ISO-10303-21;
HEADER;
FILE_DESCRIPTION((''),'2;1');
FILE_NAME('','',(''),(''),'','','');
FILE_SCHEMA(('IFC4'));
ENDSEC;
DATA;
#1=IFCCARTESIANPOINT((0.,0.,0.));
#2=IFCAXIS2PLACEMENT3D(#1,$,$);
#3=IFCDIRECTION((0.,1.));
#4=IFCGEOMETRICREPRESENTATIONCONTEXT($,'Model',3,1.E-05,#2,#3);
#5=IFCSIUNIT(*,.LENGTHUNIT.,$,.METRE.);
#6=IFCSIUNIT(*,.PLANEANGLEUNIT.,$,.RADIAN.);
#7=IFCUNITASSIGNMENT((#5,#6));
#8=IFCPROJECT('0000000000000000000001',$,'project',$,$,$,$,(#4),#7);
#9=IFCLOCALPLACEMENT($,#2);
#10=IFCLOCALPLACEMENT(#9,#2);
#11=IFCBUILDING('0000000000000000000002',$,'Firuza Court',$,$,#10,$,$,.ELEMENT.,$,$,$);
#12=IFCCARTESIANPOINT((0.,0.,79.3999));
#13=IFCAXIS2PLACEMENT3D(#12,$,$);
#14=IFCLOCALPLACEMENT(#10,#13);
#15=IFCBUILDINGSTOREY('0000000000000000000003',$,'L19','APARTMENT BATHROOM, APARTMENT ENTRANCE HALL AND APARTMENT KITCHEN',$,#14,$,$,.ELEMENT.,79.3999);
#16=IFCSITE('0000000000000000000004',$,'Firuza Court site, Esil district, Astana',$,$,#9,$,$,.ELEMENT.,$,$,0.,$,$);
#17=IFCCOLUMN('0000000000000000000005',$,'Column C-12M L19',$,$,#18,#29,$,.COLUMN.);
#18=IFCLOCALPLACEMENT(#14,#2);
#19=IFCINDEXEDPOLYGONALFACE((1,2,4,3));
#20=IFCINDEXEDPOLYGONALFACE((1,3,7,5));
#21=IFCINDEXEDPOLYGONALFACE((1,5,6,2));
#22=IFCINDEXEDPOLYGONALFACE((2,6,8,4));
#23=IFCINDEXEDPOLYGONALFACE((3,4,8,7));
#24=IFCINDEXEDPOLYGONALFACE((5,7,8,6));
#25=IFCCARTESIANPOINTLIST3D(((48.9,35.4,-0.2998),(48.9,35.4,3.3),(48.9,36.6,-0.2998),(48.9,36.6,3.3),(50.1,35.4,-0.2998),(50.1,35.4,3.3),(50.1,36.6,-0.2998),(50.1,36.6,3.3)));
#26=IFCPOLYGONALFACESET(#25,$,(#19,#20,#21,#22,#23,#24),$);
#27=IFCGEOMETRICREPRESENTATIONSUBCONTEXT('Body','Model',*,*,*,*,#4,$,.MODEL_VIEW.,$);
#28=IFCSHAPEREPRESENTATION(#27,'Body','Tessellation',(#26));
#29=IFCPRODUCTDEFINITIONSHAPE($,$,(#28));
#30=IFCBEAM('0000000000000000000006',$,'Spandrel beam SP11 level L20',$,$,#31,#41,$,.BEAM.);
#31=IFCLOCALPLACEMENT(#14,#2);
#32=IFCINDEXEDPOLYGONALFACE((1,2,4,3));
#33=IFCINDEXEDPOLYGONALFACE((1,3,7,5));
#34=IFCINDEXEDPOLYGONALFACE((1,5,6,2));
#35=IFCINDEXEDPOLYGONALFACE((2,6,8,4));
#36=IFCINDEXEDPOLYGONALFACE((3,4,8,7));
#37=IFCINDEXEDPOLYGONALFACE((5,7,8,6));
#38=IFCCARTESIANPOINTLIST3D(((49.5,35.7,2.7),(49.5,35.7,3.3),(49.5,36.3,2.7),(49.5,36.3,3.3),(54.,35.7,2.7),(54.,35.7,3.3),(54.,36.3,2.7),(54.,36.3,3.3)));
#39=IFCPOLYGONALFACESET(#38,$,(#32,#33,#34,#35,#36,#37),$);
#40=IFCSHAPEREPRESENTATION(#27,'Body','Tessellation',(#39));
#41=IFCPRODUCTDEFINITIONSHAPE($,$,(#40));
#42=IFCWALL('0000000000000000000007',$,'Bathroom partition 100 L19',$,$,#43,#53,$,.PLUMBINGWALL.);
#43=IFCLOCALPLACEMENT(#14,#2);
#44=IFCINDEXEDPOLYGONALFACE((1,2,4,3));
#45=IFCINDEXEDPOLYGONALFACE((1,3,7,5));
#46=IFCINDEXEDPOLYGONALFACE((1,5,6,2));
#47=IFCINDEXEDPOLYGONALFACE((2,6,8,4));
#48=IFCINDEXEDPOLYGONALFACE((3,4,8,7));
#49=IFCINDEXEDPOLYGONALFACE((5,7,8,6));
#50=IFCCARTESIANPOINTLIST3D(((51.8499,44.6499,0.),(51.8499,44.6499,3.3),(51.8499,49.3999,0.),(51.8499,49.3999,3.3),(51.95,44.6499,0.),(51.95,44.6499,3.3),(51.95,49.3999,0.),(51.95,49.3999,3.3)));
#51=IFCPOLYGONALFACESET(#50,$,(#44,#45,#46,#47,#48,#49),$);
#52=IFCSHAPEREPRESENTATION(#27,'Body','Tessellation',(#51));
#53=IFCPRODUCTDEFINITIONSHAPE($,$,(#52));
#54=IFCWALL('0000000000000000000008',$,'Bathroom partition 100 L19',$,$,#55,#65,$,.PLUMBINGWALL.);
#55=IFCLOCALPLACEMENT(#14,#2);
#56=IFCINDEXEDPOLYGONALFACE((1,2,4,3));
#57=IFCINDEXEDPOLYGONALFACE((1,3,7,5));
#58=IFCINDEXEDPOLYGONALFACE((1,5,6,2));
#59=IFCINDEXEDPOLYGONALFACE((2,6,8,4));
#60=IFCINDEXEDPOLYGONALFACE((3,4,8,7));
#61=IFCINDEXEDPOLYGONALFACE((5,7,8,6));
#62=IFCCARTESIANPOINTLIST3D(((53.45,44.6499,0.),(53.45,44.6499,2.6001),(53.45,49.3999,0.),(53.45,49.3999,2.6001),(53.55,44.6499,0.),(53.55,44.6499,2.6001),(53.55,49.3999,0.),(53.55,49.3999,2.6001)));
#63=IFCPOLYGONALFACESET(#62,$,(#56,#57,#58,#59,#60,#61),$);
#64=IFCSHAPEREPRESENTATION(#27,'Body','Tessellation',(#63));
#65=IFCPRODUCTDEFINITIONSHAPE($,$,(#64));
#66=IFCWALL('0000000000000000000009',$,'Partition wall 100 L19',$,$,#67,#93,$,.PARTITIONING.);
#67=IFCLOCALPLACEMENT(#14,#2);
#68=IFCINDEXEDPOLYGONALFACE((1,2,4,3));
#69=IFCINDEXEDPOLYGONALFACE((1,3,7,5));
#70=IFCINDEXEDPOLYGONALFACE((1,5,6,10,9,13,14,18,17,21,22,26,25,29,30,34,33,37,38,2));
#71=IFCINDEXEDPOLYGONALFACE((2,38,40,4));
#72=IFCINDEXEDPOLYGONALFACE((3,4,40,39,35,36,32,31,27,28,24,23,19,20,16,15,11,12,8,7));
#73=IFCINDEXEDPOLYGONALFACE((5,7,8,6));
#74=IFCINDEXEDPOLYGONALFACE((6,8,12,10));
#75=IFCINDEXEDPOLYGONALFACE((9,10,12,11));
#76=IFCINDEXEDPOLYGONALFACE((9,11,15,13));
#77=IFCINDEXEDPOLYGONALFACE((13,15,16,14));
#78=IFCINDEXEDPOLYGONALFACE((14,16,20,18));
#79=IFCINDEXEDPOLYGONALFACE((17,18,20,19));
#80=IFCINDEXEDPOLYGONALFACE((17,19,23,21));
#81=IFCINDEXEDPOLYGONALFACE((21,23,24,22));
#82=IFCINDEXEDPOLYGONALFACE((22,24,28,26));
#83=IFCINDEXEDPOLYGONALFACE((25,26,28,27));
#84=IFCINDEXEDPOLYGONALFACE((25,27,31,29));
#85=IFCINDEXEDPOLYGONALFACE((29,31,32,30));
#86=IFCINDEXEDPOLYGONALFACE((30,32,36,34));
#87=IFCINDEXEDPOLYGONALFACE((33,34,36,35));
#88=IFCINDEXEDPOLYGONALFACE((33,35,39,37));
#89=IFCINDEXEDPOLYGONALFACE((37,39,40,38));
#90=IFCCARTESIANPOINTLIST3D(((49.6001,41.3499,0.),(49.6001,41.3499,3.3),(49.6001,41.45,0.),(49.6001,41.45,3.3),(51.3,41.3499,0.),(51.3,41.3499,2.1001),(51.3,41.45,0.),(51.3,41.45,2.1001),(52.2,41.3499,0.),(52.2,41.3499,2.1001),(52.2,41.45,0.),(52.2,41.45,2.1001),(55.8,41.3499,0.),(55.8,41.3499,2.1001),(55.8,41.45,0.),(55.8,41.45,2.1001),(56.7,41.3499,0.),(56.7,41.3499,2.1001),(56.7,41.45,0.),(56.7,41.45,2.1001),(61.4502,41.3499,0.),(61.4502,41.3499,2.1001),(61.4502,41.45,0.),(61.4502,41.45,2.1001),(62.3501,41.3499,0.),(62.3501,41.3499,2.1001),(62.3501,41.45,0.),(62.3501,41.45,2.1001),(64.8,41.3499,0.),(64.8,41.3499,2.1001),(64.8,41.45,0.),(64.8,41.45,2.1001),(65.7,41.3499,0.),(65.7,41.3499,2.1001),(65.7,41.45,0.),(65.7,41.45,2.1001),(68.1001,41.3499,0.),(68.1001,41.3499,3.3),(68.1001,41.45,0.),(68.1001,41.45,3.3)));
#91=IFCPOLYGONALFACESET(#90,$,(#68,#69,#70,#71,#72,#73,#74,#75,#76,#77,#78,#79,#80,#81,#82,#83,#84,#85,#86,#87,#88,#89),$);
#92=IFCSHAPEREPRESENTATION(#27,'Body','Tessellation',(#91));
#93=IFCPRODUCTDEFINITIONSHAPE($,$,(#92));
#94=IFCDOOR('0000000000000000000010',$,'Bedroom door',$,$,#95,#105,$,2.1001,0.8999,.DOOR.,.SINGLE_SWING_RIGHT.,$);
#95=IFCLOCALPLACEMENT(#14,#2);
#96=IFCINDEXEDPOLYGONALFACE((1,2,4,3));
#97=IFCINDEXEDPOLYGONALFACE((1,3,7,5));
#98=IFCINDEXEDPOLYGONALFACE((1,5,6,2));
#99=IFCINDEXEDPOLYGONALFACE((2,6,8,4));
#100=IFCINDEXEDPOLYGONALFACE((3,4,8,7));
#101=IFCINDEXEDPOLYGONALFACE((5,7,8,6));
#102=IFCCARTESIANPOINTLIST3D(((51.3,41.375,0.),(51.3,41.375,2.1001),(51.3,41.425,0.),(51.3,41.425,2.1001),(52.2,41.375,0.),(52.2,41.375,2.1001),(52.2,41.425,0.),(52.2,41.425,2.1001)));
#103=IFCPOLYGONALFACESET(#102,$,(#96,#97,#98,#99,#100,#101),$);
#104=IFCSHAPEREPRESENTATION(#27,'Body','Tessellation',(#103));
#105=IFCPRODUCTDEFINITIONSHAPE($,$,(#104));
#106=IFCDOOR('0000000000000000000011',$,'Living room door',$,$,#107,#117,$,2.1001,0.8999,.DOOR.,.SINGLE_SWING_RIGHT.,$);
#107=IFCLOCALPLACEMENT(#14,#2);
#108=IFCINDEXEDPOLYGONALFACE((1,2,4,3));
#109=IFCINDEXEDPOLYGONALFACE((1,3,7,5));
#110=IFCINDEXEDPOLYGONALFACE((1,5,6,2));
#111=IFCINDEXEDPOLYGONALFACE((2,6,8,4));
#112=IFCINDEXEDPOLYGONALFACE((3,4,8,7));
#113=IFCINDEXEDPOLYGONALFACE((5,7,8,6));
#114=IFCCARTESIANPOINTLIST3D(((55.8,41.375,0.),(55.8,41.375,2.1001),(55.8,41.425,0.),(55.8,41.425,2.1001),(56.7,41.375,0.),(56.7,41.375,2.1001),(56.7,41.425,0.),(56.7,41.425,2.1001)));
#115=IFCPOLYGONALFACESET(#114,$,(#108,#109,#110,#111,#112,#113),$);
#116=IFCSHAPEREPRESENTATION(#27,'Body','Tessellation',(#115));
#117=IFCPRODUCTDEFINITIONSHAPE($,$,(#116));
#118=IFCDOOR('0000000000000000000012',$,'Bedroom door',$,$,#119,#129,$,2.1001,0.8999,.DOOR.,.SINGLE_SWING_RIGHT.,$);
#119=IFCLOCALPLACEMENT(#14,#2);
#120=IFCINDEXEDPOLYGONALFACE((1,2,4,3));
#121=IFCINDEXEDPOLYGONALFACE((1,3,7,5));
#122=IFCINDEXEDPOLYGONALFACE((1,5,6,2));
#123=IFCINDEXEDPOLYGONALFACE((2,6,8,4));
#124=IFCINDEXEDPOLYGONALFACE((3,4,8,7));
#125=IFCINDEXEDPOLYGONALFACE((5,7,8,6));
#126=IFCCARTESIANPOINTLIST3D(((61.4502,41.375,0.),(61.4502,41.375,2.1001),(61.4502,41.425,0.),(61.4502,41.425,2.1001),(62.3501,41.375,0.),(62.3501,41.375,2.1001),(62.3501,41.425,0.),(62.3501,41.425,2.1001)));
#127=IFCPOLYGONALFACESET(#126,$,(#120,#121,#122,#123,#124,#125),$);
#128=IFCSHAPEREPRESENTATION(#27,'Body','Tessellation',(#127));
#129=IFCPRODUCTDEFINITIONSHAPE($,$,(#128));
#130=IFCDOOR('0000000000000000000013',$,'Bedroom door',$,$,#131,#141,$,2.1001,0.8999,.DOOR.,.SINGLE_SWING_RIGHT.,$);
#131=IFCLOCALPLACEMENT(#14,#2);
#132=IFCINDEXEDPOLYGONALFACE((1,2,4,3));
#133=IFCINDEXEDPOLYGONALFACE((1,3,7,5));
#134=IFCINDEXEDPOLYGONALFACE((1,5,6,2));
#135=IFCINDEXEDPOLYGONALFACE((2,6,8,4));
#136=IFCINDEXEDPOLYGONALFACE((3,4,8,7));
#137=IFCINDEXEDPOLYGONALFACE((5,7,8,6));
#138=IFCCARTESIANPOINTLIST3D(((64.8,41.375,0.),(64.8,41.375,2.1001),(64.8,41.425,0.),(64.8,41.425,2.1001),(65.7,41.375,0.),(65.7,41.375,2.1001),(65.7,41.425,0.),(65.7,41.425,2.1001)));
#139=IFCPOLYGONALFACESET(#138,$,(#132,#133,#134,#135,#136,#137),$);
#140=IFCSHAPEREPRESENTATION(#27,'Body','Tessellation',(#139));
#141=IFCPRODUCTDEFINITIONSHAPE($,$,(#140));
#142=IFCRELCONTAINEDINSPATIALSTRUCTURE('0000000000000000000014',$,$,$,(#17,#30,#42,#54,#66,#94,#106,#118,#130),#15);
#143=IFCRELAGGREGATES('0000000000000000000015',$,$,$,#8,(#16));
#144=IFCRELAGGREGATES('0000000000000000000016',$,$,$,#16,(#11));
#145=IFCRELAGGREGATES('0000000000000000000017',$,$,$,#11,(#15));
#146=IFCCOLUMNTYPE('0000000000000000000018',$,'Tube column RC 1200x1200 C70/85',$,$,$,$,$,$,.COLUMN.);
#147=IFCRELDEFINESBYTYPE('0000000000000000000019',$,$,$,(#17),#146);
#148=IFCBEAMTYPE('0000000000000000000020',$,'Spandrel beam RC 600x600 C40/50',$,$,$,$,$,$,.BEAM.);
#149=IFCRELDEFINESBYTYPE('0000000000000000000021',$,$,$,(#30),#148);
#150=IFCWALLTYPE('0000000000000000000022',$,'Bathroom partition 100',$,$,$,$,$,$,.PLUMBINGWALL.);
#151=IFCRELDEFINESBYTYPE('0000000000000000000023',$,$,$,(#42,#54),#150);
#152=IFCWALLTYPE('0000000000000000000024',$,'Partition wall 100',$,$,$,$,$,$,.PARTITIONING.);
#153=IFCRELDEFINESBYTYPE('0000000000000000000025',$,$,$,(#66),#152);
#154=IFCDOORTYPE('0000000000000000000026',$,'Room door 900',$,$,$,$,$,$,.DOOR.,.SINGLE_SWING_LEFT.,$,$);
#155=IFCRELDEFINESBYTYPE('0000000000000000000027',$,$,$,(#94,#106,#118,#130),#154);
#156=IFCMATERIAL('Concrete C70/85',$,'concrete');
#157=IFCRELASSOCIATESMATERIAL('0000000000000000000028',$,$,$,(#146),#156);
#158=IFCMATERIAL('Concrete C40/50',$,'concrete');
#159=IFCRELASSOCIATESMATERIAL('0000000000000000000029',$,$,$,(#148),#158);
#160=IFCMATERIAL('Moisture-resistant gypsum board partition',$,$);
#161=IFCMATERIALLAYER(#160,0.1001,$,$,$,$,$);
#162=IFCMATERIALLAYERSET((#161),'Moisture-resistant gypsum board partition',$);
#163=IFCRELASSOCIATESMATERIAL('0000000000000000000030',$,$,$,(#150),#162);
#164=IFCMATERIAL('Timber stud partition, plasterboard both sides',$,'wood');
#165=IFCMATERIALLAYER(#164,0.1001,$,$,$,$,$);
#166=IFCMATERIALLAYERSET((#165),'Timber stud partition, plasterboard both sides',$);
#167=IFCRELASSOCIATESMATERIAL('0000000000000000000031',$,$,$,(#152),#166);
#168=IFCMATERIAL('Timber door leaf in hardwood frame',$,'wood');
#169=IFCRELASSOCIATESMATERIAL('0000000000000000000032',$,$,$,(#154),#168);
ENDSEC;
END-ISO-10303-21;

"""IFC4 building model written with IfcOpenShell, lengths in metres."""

from ifc_helpers import new_model, si_unit, direction, frame, frame_2d, origin, origin_2d, place, context, subcontext, project, spatial, rectangle, extrude, material, layer, layer_set, material_profile, profile_set, type_object, element, fill, save


model = new_model("IFC4")

# Units and contexts
model_context = context("Model", 3, precision=1e-05, world=origin(), true_north=direction((0.0, 1.0)))
body_context = subcontext(model_context, "Body", "Model", "MODEL_VIEW")
ifc_project = project(units=[si_unit("LENGTHUNIT", "METRE"), si_unit("PLANEANGLEUNIT", "RADIAN")], contexts=[model_context])

# Site, building, storey
site_placement = place(None, origin())
site = spatial("IfcSite", under=ifc_project, at=site_placement, Name="Firuza Court site, Esil district, Astana", CompositionType="ELEMENT", RefElevation=0.0)
building_placement = place(site_placement, origin())
building = spatial("IfcBuilding", under=site, at=building_placement, Name="Firuza Court", CompositionType="ELEMENT")
storey_placement = place(building_placement, frame((0.0, 0.0, 79.3999)))
storey = spatial("IfcBuildingStorey", under=building, at=storey_placement, Name="L19", Description="APARTMENT BATHROOM, APARTMENT ENTRANCE HALL AND APARTMENT KITCHEN", CompositionType="ELEMENT", Elevation=79.3999)

# Column
ifc_material_1 = material(Name="Concrete C70/85", Category="concrete")
ifc_material_profile_1 = material_profile(ifc_material_1, rectangle(XDim=1.2, YDim=1.2, at=origin_2d()), Name="RC 1200x1200")
ifc_profile_set_1 = profile_set([ifc_material_profile_1], Name="Concrete C70/85")
column_type = type_object("IfcColumnType", Name="Tube column RC 1200x1200 C70/85", PredefinedType="COLUMN", material=ifc_profile_set_1)
column_placement = place(storey_placement, frame((49.5, 36.0, -0.2998), z_axis=(0.0, 0.0, 1.0), x_axis=(1.0, 0.0, 0.0)))
element("IfcColumn", 1, at=column_placement, inside=storey, type_object=column_type, Name="Column C-12M L19", PredefinedType="COLUMN", context=body_context, shape_type="SweptSolid", body=[
    extrude(rectangle(XDim=1.2, YDim=1.2, at=origin_2d()), origin(), (0.0, 0.0, 1.0), 3.5999),
])

# Beam
ifc_material_2 = material(Name="Concrete C40/50", Category="concrete")
ifc_material_profile_2 = material_profile(ifc_material_2, rectangle(XDim=0.6001, YDim=0.6001, at=origin_2d()), Name="RC 600x600")
ifc_profile_set_2 = profile_set([ifc_material_profile_2], Name="Concrete C40/50")
beam_type = type_object("IfcBeamType", Name="Spandrel beam RC 600x600 C40/50", PredefinedType="BEAM", material=ifc_profile_set_2)
beam_placement = place(storey_placement, frame((49.5, 36.0, 3.0), z_axis=(1.0, 0.0, 0.0), x_axis=(0.0, 1.0, 0.0)))
element("IfcBeam", 2, at=beam_placement, inside=storey, type_object=beam_type, Name="Spandrel beam SP11 level L20", PredefinedType="BEAM", context=body_context, shape_type="SweptSolid", body=[
    extrude(rectangle(XDim=0.6001, YDim=0.6001, at=origin_2d()), origin(), (0.0, 0.0, 1.0), 4.5),
])

# Walls
ifc_material_3 = material(Name="Moisture-resistant gypsum board partition")
ifc_layer_1 = layer(ifc_material_3, 0.1001)
ifc_layer_set_1 = layer_set([ifc_layer_1], Name="Moisture-resistant gypsum board partition")
wall_type_1 = type_object("IfcWallType", Name="Bathroom partition 100", PredefinedType="PLUMBINGWALL", material=ifc_layer_set_1)
wall_1_placement = place(storey_placement, frame((51.8999, 44.6499, 0.0), z_axis=(0.0, 0.0, 1.0), x_axis=(0.0, 1.0, 0.0)))
element("IfcWall", 3, at=wall_1_placement, inside=storey, type_object=wall_type_1, Name="Bathroom partition 100 L19", PredefinedType="PLUMBINGWALL", context=body_context, shape_type="SweptSolid", body=[
    extrude(rectangle(XDim=4.75, YDim=0.1001, at=frame_2d((2.375, 0.0))), origin(), (0.0, 0.0, 1.0), 3.3),
])
wall_2_placement = place(storey_placement, frame((53.5, 44.6499, 0.0), z_axis=(0.0, 0.0, 1.0), x_axis=(0.0, 1.0, 0.0)))
element("IfcWall", 4, at=wall_2_placement, inside=storey, type_object=wall_type_1, Name="Bathroom partition 100 L19", PredefinedType="PLUMBINGWALL", context=body_context, shape_type="SweptSolid", body=[
    extrude(rectangle(XDim=4.75, YDim=0.1001, at=frame_2d((2.375, 0.0))), origin(), (0.0, 0.0, 1.0), 2.6001),
])

# Wall, openings, doors
ifc_material_4 = material(Name="Timber stud partition, plasterboard both sides", Category="wood")
ifc_layer_2 = layer(ifc_material_4, 0.1001)
ifc_layer_set_2 = layer_set([ifc_layer_2], Name="Timber stud partition, plasterboard both sides")
wall_type_2 = type_object("IfcWallType", Name="Partition wall 100", PredefinedType="PARTITIONING", material=ifc_layer_set_2)
wall_3_placement = place(storey_placement, frame((49.6001, 41.3999, 0.0), z_axis=(0.0, 0.0, 1.0), x_axis=(1.0, 0.0, 0.0)))
wall_3 = element("IfcWall", 5, at=wall_3_placement, inside=storey, type_object=wall_type_2, Name="Partition wall 100 L19", PredefinedType="PARTITIONING", context=body_context, shape_type="SweptSolid", body=[
    extrude(rectangle(XDim=18.5, YDim=0.1001, at=frame_2d((9.25, 0.0))), origin(), (0.0, 0.0, 1.0), 3.3),
])
opening_1_placement = place(wall_3_placement, frame((1.7, 0.0, 0.0)))
opening_1 = element("IfcOpeningElement", 6, at=opening_1_placement, cuts=wall_3, PredefinedType="OPENING", context=body_context, shape_type="SweptSolid", body=[
    extrude(rectangle(XDim=0.8999, YDim=2.1001, at=frame_2d((0.45, 1.05))), frame((0.0, 0.062, 0.0), z_axis=(0.0, -1.0, 0.0), x_axis=(1.0, 0.0, 0.0)), (0.0, 0.0, 1.0), 0.124),
])
opening_2_placement = place(wall_3_placement, frame((6.2, 0.0, 0.0)))
opening_2 = element("IfcOpeningElement", 7, at=opening_2_placement, cuts=wall_3, PredefinedType="OPENING", context=body_context, shape_type="SweptSolid", body=[
    extrude(rectangle(XDim=0.8999, YDim=2.1001, at=frame_2d((0.45, 1.05))), frame((0.0, 0.062, 0.0), z_axis=(0.0, -1.0, 0.0), x_axis=(1.0, 0.0, 0.0)), (0.0, 0.0, 1.0), 0.124),
])
opening_3_placement = place(wall_3_placement, frame((11.8501, 0.0, 0.0)))
opening_3 = element("IfcOpeningElement", 8, at=opening_3_placement, cuts=wall_3, PredefinedType="OPENING", context=body_context, shape_type="SweptSolid", body=[
    extrude(rectangle(XDim=0.8999, YDim=2.1001, at=frame_2d((0.45, 1.05))), frame((0.0, 0.062, 0.0), z_axis=(0.0, -1.0, 0.0), x_axis=(1.0, 0.0, 0.0)), (0.0, 0.0, 1.0), 0.124),
])
opening_4_placement = place(wall_3_placement, frame((15.2, 0.0, 0.0)))
opening_4 = element("IfcOpeningElement", 9, at=opening_4_placement, cuts=wall_3, PredefinedType="OPENING", context=body_context, shape_type="SweptSolid", body=[
    extrude(rectangle(XDim=0.8999, YDim=2.1001, at=frame_2d((0.45, 1.05))), frame((0.0, 0.062, 0.0), z_axis=(0.0, -1.0, 0.0), x_axis=(1.0, 0.0, 0.0)), (0.0, 0.0, 1.0), 0.124),
])
ifc_material_5 = material(Name="Timber door leaf in hardwood frame", Category="wood")
door_type_1 = type_object("IfcDoorType", Name="Room door 900", OperationType="SINGLE_SWING_LEFT", PredefinedType="DOOR", material=ifc_material_5)
door_1_placement = place(opening_1_placement, frame((0.8999, 0.0, 0.0), z_axis=(0.0, 0.0, 1.0), x_axis=(-1.0, 0.0, 0.0)))
door_1 = element("IfcDoor", 10, at=door_1_placement, inside=storey, type_object=door_type_1, Name="Bedroom door", OperationType="SINGLE_SWING_RIGHT", OverallHeight=2.1001, OverallWidth=0.8999, PredefinedType="DOOR", context=body_context, shape_type="SweptSolid", body=[
    extrude(rectangle(XDim=0.8999, YDim=2.1001, at=frame_2d((0.45, 1.05))), frame((0.0, 0.0249, 0.0), z_axis=(0.0, -1.0, 0.0), x_axis=(1.0, 0.0, 0.0)), (0.0, 0.0, 1.0), 0.05),
])
fill(opening_1, door_1)
door_2_placement = place(opening_2_placement, frame((0.8999, 0.0, 0.0), z_axis=(0.0, 0.0, 1.0), x_axis=(-1.0, 0.0, 0.0)))
door_2 = element("IfcDoor", 11, at=door_2_placement, inside=storey, type_object=door_type_1, Name="Living room door", OperationType="SINGLE_SWING_RIGHT", OverallHeight=2.1001, OverallWidth=0.8999, PredefinedType="DOOR", context=body_context, shape_type="SweptSolid", body=[
    extrude(rectangle(XDim=0.8999, YDim=2.1001, at=frame_2d((0.45, 1.05))), frame((0.0, 0.0249, 0.0), z_axis=(0.0, -1.0, 0.0), x_axis=(1.0, 0.0, 0.0)), (0.0, 0.0, 1.0), 0.05),
])
fill(opening_2, door_2)
door_3_placement = place(opening_3_placement, frame((0.8999, 0.0, 0.0), z_axis=(0.0, 0.0, 1.0), x_axis=(-1.0, 0.0, 0.0)))
door_3 = element("IfcDoor", 12, at=door_3_placement, inside=storey, type_object=door_type_1, Name="Bedroom door", OperationType="SINGLE_SWING_RIGHT", OverallHeight=2.1001, OverallWidth=0.8999, PredefinedType="DOOR", context=body_context, shape_type="SweptSolid", body=[
    extrude(rectangle(XDim=0.8999, YDim=2.1001, at=frame_2d((0.45, 1.05))), frame((0.0, 0.0249, 0.0), z_axis=(0.0, -1.0, 0.0), x_axis=(1.0, 0.0, 0.0)), (0.0, 0.0, 1.0), 0.05),
])
fill(opening_3, door_3)
door_4_placement = place(opening_4_placement, frame((0.8999, 0.0, 0.0), z_axis=(0.0, 0.0, 1.0), x_axis=(-1.0, 0.0, 0.0)))
door_4 = element("IfcDoor", 13, at=door_4_placement, inside=storey, type_object=door_type_1, Name="Bedroom door", OperationType="SINGLE_SWING_RIGHT", OverallHeight=2.1001, OverallWidth=0.8999, PredefinedType="DOOR", context=body_context, shape_type="SweptSolid", body=[
    extrude(rectangle(XDim=0.8999, YDim=2.1001, at=frame_2d((0.45, 1.05))), frame((0.0, 0.0249, 0.0), z_axis=(0.0, -1.0, 0.0), x_axis=(1.0, 0.0, 0.0)), (0.0, 0.0, 1.0), 0.05),
])
fill(opening_4, door_4)

save(model, "model.ifc")
